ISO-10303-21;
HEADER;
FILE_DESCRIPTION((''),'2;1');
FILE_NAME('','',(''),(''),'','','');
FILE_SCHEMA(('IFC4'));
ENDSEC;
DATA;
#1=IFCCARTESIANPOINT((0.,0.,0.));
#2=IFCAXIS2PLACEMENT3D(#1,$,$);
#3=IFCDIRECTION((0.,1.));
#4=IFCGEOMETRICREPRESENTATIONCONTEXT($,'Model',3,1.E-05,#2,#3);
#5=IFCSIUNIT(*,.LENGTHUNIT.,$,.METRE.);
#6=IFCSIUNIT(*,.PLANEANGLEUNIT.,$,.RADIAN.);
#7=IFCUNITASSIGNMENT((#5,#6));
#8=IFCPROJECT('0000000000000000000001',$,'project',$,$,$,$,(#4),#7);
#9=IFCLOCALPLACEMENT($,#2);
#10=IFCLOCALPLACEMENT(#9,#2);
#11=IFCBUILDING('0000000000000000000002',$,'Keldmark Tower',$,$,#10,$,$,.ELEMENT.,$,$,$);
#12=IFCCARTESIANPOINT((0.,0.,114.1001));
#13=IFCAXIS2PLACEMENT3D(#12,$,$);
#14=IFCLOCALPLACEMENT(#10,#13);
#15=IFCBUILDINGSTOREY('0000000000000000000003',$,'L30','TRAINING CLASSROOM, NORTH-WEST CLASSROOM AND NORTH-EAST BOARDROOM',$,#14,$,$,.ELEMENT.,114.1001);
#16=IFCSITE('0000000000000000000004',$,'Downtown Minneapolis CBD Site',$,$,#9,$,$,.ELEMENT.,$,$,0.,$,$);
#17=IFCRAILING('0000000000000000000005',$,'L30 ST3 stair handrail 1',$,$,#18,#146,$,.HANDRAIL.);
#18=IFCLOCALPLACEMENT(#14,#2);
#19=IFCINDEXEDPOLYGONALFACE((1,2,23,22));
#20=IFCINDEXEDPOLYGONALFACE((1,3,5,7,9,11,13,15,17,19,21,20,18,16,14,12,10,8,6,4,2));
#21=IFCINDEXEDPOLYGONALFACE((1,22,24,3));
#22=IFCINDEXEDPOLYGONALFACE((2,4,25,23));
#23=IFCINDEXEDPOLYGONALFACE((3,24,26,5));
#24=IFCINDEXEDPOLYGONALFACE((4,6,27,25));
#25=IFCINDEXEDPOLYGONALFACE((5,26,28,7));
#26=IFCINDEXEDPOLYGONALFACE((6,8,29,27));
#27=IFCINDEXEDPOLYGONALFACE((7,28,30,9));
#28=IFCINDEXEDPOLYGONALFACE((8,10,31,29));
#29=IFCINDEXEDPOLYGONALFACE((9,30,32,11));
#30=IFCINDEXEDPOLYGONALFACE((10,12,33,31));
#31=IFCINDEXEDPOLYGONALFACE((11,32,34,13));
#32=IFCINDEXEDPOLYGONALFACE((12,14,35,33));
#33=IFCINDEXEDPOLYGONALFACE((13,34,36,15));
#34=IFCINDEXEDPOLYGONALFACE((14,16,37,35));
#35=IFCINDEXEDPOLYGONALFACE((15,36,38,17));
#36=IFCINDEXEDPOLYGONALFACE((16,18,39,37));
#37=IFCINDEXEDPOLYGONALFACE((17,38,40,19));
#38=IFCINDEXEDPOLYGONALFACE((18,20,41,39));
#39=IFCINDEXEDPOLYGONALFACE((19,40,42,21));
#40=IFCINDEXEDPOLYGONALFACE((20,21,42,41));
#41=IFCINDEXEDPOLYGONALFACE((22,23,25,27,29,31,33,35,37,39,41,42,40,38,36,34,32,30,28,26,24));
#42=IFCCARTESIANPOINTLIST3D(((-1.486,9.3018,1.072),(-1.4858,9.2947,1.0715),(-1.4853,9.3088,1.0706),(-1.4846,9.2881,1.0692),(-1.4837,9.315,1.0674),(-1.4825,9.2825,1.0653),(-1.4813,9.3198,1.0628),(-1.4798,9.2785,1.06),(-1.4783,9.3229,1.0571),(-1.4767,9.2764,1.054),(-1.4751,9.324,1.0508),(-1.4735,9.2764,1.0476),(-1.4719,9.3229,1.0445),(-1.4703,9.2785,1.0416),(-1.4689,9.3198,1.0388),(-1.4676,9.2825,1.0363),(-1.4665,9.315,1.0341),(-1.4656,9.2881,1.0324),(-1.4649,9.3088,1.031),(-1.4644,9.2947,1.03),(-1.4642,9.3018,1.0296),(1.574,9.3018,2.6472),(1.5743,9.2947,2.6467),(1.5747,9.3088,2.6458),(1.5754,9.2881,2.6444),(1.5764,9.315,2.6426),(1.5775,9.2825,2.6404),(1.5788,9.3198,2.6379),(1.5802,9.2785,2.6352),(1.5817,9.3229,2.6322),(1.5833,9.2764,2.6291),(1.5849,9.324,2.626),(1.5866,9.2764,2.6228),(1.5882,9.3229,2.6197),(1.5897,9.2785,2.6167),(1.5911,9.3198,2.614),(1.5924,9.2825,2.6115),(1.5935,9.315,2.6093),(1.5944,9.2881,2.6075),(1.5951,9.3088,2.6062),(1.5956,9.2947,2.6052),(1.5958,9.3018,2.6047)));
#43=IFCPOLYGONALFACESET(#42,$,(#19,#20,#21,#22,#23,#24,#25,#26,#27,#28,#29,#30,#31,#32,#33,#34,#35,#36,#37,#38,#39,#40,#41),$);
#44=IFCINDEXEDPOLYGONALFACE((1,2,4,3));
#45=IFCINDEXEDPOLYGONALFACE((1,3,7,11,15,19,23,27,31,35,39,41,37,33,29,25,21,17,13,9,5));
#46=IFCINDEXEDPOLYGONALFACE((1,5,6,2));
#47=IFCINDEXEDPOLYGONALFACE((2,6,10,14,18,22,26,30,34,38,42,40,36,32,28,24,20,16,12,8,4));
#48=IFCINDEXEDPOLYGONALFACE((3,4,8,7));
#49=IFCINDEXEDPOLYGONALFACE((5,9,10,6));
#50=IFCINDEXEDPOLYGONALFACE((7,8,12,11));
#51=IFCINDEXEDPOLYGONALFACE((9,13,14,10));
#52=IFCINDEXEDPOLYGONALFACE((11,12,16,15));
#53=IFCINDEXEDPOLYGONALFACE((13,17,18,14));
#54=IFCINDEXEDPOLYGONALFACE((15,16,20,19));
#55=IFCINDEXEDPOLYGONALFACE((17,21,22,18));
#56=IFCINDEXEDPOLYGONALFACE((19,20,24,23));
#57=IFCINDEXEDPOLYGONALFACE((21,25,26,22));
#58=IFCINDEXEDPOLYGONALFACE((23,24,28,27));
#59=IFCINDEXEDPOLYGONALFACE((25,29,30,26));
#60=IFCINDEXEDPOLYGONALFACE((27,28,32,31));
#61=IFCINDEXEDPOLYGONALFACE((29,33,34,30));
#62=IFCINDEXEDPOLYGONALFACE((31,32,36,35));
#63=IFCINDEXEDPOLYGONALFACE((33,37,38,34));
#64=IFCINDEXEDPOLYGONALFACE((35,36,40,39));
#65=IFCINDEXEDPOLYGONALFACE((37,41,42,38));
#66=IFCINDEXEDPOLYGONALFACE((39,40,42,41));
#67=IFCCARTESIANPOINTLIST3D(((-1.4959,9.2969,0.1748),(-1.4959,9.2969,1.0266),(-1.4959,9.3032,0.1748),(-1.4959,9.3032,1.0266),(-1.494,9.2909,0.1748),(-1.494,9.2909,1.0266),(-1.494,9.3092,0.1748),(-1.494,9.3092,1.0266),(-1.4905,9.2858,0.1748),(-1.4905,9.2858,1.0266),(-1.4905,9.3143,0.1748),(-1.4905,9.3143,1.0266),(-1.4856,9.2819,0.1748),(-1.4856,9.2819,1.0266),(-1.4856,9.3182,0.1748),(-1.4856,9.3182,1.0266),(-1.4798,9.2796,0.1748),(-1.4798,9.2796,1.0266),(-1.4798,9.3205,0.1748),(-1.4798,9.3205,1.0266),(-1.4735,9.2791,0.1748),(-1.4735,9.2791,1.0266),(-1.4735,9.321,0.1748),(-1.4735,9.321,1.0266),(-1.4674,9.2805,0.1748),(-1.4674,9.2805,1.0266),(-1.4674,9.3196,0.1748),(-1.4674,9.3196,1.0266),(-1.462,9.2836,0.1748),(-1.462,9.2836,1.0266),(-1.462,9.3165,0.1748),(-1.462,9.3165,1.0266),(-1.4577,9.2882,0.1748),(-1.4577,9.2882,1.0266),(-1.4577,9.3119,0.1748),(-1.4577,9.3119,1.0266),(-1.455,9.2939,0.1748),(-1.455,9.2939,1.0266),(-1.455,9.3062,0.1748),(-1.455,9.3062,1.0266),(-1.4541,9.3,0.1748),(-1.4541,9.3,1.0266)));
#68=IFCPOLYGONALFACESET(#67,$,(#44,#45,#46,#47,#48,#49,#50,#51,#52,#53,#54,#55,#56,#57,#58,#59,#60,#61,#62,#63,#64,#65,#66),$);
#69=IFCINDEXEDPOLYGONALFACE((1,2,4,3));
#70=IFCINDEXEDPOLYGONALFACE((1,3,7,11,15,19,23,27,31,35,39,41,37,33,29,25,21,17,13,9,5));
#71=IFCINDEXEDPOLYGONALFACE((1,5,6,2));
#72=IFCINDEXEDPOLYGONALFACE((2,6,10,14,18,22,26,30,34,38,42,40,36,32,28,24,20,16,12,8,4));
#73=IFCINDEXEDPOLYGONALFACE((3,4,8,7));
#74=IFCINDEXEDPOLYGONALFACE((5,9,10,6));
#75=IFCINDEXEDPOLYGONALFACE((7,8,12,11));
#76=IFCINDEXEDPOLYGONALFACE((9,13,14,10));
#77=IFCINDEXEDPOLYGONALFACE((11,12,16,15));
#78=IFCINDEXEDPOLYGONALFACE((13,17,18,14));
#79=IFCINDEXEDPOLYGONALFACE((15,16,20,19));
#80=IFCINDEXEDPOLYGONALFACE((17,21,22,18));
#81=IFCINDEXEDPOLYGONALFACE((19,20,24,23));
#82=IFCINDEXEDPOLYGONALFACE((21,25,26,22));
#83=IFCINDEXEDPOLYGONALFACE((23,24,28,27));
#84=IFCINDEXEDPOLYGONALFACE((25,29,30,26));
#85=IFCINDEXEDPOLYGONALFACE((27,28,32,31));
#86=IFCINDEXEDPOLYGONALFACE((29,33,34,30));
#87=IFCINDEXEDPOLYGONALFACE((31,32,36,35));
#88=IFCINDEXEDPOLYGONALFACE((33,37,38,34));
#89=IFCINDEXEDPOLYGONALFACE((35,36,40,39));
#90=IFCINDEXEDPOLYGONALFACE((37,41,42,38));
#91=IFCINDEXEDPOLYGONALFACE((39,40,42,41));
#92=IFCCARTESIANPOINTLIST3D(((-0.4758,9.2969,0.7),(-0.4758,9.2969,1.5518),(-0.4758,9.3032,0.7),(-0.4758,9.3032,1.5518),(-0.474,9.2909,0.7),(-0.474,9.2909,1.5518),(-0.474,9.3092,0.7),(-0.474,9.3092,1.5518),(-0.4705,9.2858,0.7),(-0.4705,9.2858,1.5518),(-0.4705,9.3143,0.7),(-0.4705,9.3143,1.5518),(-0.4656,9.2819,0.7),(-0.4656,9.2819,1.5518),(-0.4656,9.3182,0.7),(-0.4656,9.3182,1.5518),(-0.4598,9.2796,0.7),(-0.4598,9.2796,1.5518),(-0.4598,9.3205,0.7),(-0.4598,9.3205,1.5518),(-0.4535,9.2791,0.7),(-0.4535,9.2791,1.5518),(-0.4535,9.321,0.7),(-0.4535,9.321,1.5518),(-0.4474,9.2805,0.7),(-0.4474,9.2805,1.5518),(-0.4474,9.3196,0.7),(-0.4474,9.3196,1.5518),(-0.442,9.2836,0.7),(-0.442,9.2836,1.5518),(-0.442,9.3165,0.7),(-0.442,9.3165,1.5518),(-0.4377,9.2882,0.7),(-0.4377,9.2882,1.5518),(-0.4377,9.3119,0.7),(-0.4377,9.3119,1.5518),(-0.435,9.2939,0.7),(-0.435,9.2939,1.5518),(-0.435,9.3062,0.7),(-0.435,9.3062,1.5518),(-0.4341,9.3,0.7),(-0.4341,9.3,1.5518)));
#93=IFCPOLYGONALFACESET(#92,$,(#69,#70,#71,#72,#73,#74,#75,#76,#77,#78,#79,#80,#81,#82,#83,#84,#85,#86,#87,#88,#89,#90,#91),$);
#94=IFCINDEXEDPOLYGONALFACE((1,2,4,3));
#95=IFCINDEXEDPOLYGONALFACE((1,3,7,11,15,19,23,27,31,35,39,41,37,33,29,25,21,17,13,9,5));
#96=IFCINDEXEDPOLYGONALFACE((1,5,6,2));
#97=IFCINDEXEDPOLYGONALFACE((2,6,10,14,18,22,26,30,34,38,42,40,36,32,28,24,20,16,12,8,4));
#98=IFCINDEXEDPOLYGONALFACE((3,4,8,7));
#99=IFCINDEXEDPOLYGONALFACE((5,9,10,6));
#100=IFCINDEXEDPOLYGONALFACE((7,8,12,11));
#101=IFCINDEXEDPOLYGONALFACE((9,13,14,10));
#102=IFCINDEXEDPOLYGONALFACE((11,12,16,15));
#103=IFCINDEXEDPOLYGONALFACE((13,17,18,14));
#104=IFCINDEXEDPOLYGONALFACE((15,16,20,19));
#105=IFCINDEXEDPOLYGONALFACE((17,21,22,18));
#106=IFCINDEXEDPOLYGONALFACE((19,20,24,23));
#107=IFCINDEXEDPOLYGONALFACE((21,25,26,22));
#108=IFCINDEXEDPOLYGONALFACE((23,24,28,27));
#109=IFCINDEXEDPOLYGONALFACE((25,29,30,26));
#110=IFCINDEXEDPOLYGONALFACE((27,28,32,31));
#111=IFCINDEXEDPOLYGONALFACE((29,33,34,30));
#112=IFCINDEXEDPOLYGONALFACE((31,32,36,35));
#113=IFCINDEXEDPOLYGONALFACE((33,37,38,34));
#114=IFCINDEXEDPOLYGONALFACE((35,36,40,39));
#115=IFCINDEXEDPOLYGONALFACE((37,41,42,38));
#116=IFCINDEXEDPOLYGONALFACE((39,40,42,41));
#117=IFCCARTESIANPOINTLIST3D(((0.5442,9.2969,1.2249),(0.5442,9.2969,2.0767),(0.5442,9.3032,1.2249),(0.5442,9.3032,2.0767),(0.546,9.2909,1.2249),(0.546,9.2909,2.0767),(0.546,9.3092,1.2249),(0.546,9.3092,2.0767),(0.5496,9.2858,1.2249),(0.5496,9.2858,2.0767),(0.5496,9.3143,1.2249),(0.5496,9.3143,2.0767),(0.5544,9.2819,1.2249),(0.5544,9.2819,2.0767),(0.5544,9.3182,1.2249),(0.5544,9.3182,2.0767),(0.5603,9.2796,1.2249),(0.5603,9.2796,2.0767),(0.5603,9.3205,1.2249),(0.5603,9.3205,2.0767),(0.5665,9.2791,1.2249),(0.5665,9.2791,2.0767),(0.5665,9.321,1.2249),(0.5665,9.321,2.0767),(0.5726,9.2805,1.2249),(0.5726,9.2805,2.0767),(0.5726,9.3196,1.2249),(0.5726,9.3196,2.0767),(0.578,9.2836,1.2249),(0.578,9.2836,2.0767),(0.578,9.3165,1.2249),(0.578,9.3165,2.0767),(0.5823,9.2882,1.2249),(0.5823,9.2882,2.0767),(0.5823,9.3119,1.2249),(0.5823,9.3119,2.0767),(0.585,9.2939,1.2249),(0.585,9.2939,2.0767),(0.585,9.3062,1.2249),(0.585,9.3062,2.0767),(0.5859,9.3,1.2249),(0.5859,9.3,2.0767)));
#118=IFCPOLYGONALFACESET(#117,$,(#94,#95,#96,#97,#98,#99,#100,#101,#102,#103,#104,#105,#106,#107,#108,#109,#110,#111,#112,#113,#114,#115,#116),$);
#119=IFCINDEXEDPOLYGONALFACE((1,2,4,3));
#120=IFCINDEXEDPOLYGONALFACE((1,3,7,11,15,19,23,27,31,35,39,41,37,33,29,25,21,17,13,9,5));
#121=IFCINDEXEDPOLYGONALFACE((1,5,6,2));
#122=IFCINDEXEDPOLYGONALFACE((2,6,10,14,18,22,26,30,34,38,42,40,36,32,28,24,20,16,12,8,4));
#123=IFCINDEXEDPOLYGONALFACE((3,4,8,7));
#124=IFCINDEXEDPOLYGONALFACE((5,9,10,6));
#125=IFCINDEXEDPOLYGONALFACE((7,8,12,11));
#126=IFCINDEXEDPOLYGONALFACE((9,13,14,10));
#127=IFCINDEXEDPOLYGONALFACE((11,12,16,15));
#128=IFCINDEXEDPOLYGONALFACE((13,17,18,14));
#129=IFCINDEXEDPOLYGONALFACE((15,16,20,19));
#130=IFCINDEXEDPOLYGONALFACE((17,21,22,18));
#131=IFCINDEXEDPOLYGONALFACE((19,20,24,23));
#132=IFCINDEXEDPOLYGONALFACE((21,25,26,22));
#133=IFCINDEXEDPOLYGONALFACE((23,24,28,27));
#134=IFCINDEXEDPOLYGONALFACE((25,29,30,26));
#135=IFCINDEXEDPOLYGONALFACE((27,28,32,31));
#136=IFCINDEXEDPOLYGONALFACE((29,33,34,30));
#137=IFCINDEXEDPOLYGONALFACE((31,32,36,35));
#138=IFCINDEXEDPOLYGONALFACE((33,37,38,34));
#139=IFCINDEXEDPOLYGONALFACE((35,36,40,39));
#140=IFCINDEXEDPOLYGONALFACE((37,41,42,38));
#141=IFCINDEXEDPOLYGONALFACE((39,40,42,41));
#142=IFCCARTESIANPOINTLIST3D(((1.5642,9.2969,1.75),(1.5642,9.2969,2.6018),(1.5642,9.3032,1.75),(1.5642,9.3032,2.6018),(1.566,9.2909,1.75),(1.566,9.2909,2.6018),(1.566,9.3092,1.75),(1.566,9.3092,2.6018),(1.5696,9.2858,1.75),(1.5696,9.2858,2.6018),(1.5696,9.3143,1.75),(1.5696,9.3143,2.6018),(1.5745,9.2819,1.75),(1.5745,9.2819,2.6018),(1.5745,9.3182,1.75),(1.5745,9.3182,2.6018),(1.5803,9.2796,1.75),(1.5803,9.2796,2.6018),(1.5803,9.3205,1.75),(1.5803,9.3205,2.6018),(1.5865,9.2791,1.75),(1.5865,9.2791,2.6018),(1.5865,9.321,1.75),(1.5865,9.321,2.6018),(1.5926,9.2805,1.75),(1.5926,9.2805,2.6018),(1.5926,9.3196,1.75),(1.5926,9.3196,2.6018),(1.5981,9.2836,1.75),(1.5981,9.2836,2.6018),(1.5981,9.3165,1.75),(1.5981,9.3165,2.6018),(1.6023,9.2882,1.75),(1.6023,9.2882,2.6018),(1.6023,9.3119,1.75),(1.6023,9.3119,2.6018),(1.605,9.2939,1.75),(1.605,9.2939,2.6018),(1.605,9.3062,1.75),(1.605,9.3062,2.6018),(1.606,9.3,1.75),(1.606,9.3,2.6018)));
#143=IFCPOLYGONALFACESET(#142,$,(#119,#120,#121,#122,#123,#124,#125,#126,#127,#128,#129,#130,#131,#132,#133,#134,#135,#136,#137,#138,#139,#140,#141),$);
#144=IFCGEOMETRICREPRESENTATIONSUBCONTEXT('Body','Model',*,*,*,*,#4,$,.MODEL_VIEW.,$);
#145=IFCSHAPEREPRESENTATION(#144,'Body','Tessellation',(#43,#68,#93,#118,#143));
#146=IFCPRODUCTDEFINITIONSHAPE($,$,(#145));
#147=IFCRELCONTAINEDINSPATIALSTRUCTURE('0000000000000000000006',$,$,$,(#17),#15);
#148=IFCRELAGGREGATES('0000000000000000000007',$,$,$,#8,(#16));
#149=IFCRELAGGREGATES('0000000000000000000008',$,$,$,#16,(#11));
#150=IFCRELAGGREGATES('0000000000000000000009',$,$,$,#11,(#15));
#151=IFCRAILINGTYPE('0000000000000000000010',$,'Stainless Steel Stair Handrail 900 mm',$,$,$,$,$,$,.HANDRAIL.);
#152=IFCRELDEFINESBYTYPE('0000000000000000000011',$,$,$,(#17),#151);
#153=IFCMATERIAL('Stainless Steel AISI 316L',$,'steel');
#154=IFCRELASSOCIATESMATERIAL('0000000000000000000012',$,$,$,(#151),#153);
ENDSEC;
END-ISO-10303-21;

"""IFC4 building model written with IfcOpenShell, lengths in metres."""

from ifc_helpers import new_model, si_unit, direction, frame, origin, origin_2d, place, context, subcontext, project, spatial, circle, extrude, material, type_object, element, save


model = new_model("IFC4")

# Units and contexts
model_context = context("Model", 3, precision=1e-05, world=origin(), true_north=direction((0.0, 1.0)))
body_context = subcontext(model_context, "Body", "Model", "MODEL_VIEW")
ifc_project = project(units=[si_unit("LENGTHUNIT", "METRE"), si_unit("PLANEANGLEUNIT", "RADIAN")], contexts=[model_context])

# Site, building, storey
site_placement = place(None, origin())
site = spatial("IfcSite", under=ifc_project, at=site_placement, Name="Downtown Minneapolis CBD Site", CompositionType="ELEMENT", RefElevation=0.0)
building_placement = place(site_placement, origin())
building = spatial("IfcBuilding", under=site, at=building_placement, Name="Keldmark Tower", CompositionType="ELEMENT")
storey_placement = place(building_placement, frame((0.0, 0.0, 114.1001)))
storey = spatial("IfcBuildingStorey", under=building, at=storey_placement, Name="L30", Description="TRAINING CLASSROOM, NORTH-WEST CLASSROOM AND NORTH-EAST BOARDROOM", CompositionType="ELEMENT", Elevation=114.1001)

# Railing
ifc_material_1 = material(Name="Stainless Steel AISI 316L", Category="steel")
railing_type = type_object("IfcRailingType", Name="Stainless Steel Stair Handrail 900 mm", PredefinedType="HANDRAIL", material=ifc_material_1)
railing_placement = place(storey_placement, frame((-1.4751, 9.3, 0.1748)))
element("IfcRailing", 1, at=railing_placement, inside=storey, type_object=railing_type, Name="L30 ST3 stair handrail 1", PredefinedType="HANDRAIL", context=body_context, shape_type="SweptSolid", body=[
    extrude(circle(Radius=0.0239, at=origin_2d()), frame((0.0, 0.0, 0.876), z_axis=(0.889116, 0.0, 0.457681), x_axis=(0.0, 1.0, 0.0)), (0.0, 0.0, 1.0), 3.4417),
    extrude(circle(Radius=0.021, at=origin_2d()), origin(), (0.0, 0.0, 1.0), 0.8518),
    extrude(circle(Radius=0.021, at=origin_2d()), frame((1.02, 0.0, 0.5251)), (0.0, 0.0, 1.0), 0.8518),
    extrude(circle(Radius=0.021, at=origin_2d()), frame((2.04, 0.0, 1.05)), (0.0, 0.0, 1.0), 0.8518),
    extrude(circle(Radius=0.021, at=origin_2d()), frame((3.0601, 0.0, 1.5752)), (0.0, 0.0, 1.0), 0.8518),
])

save(model, "model.ifc")
